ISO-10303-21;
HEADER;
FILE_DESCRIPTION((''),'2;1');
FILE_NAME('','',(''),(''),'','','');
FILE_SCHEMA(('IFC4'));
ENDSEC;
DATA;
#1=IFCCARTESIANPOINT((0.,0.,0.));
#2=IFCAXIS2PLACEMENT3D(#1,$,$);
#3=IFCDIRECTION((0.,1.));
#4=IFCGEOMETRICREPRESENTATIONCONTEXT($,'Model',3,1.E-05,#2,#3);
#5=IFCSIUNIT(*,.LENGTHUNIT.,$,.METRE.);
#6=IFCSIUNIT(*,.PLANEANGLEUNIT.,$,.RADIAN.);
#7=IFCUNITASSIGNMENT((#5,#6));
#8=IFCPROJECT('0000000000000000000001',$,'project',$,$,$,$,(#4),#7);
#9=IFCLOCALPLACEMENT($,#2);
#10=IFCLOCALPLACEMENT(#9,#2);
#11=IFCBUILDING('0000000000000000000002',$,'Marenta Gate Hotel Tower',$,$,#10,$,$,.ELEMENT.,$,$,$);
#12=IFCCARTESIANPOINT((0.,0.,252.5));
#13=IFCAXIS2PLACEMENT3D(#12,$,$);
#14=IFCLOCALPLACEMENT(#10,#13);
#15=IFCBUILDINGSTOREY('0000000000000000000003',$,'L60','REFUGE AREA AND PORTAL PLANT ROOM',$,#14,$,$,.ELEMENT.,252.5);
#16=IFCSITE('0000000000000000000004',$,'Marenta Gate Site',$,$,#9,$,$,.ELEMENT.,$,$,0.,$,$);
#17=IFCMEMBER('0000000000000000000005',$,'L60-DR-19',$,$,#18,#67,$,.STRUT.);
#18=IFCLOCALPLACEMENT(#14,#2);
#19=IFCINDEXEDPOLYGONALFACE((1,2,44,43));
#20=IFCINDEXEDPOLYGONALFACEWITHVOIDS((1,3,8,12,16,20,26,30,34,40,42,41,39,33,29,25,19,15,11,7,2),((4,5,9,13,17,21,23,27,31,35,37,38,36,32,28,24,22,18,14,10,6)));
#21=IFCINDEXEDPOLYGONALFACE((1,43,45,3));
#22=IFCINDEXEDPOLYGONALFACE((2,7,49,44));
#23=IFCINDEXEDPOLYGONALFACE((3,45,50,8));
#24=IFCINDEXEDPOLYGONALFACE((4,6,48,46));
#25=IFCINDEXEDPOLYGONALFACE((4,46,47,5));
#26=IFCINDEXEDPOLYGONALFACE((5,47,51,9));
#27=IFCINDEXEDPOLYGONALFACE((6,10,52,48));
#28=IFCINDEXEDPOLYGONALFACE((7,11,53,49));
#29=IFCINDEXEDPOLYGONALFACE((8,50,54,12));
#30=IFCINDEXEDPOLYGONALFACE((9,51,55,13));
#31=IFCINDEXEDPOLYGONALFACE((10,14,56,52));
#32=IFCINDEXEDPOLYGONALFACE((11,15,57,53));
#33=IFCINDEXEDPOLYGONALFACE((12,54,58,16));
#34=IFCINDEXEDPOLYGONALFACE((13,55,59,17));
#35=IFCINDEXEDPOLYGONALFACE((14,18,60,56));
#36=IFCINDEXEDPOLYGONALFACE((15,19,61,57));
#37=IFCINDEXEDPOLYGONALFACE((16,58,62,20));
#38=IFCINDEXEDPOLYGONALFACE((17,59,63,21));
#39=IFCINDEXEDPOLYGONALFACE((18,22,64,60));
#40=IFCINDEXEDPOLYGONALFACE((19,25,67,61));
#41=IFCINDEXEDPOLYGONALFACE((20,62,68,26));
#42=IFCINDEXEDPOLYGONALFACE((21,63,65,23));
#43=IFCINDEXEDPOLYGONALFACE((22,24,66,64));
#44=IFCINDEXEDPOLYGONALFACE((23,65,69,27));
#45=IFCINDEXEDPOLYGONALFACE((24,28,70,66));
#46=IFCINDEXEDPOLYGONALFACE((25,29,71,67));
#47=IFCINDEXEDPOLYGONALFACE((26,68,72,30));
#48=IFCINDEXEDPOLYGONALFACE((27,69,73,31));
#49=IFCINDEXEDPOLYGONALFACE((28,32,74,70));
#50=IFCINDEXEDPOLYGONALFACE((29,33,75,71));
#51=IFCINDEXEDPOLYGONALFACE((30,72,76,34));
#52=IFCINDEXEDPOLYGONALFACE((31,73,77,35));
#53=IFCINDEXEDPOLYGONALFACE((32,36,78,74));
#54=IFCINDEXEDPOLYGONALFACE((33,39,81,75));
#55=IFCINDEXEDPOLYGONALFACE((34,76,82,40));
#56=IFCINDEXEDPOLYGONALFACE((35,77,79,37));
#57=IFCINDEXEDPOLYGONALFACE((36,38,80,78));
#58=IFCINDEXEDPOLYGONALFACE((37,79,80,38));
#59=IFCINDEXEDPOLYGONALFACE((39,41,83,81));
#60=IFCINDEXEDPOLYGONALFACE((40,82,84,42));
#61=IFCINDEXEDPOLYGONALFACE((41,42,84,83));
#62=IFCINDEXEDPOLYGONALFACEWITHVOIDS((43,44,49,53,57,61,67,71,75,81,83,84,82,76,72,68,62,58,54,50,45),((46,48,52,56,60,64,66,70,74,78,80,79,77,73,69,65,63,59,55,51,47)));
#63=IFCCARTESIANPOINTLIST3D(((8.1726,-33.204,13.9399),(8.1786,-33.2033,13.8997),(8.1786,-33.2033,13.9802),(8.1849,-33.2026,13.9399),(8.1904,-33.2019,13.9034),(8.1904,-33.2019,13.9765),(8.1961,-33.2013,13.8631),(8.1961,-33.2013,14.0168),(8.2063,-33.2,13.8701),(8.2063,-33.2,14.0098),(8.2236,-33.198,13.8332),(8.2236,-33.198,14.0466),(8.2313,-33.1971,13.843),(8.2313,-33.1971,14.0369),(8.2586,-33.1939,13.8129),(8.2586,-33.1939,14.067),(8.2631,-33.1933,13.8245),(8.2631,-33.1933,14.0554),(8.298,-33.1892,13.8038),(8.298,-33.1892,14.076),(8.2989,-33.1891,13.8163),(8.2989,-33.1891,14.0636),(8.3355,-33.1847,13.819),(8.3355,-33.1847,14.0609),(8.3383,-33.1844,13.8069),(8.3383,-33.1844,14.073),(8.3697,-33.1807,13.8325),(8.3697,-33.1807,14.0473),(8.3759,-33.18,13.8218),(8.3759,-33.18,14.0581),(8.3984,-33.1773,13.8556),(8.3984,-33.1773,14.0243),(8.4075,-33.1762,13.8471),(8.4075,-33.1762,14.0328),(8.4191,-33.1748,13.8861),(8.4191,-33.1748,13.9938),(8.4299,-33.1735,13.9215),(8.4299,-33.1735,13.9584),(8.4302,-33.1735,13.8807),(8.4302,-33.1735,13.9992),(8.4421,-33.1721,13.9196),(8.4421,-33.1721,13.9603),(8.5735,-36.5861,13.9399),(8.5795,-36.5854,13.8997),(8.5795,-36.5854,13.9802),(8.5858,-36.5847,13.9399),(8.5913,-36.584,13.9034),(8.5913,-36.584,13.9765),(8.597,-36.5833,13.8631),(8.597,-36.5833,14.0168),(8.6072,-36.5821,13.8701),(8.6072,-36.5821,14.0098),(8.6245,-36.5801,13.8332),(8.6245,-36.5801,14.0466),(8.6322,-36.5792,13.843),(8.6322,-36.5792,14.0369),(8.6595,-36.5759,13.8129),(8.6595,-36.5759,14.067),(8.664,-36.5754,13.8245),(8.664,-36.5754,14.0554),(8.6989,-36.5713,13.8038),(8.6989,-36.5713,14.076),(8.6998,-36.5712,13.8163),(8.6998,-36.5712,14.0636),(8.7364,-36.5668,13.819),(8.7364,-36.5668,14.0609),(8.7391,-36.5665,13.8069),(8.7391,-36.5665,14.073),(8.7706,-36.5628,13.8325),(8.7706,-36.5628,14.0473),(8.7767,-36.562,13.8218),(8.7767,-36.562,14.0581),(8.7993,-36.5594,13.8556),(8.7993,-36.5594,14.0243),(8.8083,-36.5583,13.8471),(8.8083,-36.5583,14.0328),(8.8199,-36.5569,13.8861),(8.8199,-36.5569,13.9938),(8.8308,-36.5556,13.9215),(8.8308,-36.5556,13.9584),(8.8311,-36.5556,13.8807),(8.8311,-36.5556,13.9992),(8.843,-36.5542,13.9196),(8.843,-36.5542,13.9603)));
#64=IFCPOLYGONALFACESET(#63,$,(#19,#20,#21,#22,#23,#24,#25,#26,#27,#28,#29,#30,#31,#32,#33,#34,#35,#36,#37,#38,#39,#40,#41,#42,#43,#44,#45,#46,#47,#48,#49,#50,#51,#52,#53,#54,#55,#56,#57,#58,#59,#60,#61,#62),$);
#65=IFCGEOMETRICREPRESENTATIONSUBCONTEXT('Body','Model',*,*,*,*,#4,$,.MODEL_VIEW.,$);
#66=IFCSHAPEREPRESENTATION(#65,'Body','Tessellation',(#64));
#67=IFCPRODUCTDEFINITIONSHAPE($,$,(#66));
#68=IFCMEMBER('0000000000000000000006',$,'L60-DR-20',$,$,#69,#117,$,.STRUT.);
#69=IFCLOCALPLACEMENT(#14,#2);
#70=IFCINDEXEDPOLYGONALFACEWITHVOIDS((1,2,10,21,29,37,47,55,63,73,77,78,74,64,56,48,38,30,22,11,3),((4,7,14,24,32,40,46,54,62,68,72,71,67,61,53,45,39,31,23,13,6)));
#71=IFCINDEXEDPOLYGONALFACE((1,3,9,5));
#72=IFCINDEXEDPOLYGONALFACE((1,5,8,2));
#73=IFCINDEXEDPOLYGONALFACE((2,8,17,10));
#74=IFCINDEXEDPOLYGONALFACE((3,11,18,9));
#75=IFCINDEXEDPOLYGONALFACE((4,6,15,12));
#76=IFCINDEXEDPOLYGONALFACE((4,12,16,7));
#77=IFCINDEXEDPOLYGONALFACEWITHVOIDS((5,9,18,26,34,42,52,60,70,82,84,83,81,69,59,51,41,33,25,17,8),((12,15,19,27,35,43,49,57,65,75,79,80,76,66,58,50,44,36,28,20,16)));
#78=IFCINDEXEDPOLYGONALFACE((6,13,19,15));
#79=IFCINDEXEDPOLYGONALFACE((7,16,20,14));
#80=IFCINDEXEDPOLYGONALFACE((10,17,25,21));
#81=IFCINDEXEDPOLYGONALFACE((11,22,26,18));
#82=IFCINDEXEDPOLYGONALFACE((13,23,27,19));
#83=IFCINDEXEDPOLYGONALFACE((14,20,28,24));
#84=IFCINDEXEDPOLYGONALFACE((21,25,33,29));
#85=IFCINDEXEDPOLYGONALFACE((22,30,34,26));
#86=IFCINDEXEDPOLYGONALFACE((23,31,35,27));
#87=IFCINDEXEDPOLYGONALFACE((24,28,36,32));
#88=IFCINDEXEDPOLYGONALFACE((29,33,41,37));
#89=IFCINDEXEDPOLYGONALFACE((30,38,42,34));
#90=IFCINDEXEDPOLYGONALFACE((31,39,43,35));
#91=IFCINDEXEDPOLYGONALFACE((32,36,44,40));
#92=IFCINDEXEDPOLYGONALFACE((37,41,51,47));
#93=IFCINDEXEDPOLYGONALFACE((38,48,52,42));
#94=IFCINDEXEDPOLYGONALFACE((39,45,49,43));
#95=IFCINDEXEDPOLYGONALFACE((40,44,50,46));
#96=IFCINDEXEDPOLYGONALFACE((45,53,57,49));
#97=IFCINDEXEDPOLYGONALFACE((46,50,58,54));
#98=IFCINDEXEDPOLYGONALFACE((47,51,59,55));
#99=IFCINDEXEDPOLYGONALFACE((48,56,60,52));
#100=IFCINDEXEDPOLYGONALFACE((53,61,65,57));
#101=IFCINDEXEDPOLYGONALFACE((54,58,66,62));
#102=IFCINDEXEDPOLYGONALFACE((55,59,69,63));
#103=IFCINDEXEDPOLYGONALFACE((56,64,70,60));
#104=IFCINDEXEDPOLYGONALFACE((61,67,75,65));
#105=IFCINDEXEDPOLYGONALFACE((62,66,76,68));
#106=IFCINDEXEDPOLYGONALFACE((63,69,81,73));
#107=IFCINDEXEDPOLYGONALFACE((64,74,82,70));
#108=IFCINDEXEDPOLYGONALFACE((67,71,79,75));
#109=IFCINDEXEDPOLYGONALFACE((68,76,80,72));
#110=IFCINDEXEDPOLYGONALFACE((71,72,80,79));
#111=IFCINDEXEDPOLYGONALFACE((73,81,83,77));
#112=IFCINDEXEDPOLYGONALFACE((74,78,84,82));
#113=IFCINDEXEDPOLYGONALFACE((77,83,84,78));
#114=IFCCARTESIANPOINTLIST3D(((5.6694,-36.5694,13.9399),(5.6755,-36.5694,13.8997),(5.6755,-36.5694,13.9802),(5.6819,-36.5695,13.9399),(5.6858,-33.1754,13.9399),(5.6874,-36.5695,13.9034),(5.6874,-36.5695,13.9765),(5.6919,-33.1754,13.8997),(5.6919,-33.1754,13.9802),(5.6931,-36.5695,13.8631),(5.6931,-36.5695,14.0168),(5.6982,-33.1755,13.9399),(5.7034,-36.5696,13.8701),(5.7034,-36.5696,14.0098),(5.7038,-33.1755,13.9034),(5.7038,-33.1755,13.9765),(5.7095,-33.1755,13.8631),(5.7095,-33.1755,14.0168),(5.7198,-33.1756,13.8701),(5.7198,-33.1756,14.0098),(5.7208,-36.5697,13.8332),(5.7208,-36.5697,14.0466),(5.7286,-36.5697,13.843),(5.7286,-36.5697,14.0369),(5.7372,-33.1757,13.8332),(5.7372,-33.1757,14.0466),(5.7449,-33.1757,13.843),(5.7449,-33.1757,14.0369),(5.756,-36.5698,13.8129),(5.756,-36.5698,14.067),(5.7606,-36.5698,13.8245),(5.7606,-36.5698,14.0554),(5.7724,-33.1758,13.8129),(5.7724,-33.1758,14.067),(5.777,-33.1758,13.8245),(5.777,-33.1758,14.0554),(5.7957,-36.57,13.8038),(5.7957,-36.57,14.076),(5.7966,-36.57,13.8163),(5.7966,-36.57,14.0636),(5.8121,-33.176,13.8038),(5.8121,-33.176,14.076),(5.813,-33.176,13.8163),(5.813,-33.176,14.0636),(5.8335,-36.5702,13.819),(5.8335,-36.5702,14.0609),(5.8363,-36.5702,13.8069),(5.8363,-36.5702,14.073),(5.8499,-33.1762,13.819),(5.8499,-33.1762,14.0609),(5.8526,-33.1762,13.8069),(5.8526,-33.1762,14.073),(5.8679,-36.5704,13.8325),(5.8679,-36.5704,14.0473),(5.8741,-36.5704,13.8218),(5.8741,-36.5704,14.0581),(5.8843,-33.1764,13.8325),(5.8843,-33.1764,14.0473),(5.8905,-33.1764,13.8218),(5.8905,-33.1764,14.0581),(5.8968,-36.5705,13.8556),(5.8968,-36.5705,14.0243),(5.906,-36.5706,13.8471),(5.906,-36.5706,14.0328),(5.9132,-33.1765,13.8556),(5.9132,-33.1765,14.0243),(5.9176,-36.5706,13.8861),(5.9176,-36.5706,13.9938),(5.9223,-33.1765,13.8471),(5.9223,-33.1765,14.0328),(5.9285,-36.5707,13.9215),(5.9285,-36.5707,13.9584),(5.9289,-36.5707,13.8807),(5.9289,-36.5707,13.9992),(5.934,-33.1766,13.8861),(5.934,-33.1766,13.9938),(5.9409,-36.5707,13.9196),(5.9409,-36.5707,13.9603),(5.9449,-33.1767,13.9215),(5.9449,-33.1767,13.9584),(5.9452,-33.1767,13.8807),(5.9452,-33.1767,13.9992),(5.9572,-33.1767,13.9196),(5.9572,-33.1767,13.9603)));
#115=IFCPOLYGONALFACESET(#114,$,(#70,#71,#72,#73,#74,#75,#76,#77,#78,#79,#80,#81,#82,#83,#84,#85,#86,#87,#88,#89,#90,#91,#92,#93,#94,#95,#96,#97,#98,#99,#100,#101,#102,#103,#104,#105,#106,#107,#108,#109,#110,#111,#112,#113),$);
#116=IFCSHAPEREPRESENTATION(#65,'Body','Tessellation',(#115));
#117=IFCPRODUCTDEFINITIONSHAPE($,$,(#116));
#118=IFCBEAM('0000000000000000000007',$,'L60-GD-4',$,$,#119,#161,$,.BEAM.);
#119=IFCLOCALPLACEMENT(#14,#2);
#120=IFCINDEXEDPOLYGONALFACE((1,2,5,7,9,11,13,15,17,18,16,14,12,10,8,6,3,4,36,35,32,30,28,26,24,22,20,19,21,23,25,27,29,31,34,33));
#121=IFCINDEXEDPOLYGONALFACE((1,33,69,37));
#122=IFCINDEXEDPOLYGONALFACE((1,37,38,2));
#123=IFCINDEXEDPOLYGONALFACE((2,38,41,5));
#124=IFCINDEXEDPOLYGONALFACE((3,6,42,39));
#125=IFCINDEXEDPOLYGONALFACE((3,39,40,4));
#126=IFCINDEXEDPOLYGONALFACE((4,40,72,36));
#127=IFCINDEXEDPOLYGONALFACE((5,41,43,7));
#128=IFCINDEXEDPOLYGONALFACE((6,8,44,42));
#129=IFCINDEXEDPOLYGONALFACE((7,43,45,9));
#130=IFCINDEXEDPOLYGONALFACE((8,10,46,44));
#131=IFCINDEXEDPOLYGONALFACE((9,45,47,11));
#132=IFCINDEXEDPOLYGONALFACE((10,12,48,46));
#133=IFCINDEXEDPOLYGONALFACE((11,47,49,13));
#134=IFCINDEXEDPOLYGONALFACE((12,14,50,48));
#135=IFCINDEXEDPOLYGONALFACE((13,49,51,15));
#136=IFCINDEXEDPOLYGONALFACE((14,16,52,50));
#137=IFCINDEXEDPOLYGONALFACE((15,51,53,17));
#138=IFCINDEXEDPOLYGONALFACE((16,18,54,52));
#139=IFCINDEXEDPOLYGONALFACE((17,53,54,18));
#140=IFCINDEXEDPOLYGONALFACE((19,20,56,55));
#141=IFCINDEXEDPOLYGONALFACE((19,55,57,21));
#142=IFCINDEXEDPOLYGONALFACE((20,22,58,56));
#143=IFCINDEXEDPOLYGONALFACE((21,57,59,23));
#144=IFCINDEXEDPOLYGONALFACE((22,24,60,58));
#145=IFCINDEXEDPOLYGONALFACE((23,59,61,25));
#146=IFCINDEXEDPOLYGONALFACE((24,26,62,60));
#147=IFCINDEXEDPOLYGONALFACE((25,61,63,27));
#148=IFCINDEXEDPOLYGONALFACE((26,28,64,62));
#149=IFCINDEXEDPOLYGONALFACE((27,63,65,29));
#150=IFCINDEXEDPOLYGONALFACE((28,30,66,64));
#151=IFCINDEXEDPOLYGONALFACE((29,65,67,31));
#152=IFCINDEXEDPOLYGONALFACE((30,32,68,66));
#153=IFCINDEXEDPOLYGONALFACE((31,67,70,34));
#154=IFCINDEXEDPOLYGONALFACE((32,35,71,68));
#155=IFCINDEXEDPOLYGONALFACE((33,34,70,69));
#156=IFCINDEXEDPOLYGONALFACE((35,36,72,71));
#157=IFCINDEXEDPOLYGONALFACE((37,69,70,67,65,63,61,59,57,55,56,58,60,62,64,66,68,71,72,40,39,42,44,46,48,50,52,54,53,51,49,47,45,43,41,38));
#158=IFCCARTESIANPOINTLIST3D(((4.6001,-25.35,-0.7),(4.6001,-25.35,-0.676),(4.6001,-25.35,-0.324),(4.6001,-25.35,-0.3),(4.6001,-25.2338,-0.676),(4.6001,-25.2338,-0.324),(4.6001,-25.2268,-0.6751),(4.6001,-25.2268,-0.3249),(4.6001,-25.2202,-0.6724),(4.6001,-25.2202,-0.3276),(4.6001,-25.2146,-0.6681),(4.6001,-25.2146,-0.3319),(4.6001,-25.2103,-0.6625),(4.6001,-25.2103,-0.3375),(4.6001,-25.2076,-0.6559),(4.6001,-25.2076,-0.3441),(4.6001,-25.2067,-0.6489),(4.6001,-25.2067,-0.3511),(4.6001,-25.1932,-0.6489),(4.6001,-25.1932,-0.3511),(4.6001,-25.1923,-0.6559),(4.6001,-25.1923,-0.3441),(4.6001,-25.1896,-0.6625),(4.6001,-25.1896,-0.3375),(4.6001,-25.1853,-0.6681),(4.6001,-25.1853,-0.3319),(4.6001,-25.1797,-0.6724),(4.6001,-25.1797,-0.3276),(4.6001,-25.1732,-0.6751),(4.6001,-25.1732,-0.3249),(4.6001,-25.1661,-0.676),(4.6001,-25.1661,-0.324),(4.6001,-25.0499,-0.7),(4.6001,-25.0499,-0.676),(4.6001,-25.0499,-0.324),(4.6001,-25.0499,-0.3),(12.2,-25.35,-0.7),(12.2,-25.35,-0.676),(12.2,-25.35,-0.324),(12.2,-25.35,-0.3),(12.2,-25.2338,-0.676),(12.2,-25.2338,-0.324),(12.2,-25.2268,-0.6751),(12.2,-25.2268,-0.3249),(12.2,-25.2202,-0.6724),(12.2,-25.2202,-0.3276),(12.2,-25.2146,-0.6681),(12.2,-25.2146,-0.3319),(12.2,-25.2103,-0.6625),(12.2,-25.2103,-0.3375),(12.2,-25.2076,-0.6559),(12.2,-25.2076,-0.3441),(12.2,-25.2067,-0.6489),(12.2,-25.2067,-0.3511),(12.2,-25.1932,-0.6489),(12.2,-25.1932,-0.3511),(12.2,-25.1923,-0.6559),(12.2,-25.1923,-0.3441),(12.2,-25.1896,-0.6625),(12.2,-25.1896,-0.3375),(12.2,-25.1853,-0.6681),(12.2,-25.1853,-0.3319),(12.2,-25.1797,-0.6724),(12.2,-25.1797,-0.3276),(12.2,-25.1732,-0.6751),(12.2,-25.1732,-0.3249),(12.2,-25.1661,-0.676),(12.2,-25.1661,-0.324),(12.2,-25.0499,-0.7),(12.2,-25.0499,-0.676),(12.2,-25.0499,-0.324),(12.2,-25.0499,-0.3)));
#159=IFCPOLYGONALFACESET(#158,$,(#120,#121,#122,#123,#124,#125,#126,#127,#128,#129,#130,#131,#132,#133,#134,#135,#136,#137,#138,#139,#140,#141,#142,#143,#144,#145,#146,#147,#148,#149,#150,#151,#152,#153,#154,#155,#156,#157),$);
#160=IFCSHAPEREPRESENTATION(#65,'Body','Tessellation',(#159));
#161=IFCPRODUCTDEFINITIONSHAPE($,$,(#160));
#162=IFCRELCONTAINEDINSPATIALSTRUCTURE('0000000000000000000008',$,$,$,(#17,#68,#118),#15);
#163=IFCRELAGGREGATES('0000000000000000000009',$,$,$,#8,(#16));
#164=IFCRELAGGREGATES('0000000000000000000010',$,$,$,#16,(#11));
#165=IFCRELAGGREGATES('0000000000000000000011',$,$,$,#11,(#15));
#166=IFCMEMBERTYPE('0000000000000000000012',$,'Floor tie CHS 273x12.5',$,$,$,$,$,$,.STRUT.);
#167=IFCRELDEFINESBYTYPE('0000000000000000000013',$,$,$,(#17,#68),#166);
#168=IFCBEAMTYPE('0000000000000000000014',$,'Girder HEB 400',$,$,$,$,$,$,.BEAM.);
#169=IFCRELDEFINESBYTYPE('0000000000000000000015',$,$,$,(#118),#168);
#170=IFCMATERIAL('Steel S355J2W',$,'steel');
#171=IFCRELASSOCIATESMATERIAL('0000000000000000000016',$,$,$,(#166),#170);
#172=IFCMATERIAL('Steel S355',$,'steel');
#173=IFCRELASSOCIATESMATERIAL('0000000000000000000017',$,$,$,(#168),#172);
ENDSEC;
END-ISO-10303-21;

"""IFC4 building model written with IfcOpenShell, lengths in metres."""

from ifc_helpers import new_model, si_unit, direction, frame, origin, origin_2d, place, context, subcontext, project, spatial, hollow_circle, i_section, extrude, material, material_profile, profile_set, type_object, element, save


model = new_model("IFC4")

# Units and contexts
model_context = context("Model", 3, precision=1e-05, world=origin(), true_north=direction((0.0, 1.0)))
body_context = subcontext(model_context, "Body", "Model", "MODEL_VIEW")
ifc_project = project(units=[si_unit("LENGTHUNIT", "METRE"), si_unit("PLANEANGLEUNIT", "RADIAN")], contexts=[model_context])

# Site, building, storey
site_placement = place(None, origin())
site = spatial("IfcSite", under=ifc_project, at=site_placement, Name="Marenta Gate Site", CompositionType="ELEMENT", RefElevation=0.0)
building_placement = place(site_placement, origin())
building = spatial("IfcBuilding", under=site, at=building_placement, Name="Marenta Gate Hotel Tower", CompositionType="ELEMENT")
storey_placement = place(building_placement, frame((0.0, 0.0, 252.5)))
storey = spatial("IfcBuildingStorey", under=building, at=storey_placement, Name="L60", Description="REFUGE AREA AND PORTAL PLANT ROOM", CompositionType="ELEMENT", Elevation=252.5)

# Members
ifc_material_1 = material(Name="Steel S355J2W", Category="steel")
ifc_material_profile_1 = material_profile(ifc_material_1, hollow_circle(Radius=0.1365, WallThickness=0.0125, at=origin_2d()), Name="CHS 273x12.5")
ifc_profile_set_1 = profile_set([ifc_material_profile_1], Name="Steel S355J2W")
member_type_1 = type_object("IfcMemberType", Name="Floor tie CHS 273x12.5", PredefinedType="STRUT", material=ifc_profile_set_1)
member_1_placement = place(storey_placement, frame((8.709, -36.5701, 13.9399), z_axis=(-0.117706, 0.993048, 0.0), x_axis=(-0.993048, -0.117706, 0.0)))
element("IfcMember", 1, at=member_1_placement, inside=storey, type_object=member_type_1, Name="L60-DR-19", PredefinedType="STRUT", context=body_context, shape_type="SweptSolid", body=[
    extrude(hollow_circle(Radius=0.1365, WallThickness=0.0125, at=origin_2d()), origin(), (0.0, 0.0, 1.0), 3.4058),
])
member_2_placement = place(storey_placement, frame((5.8059, -36.5701, 13.9399), z_axis=(0.004819, 0.999988, 0.0), x_axis=(-0.999988, 0.004819, 0.0)))
element("IfcMember", 2, at=member_2_placement, inside=storey, type_object=member_type_1, Name="L60-DR-20", PredefinedType="STRUT", context=body_context, shape_type="SweptSolid", body=[
    extrude(hollow_circle(Radius=0.1365, WallThickness=0.0125, at=origin_2d()), origin(), (0.0, 0.0, 1.0), 3.394),
])

# Beam
ifc_material_2 = material(Name="Steel S355", Category="steel")
ifc_material_profile_2 = material_profile(ifc_material_2, i_section(OverallWidth=0.3, OverallDepth=0.3999, WebThickness=0.0134, FlangeThickness=0.0239, FilletRadius=0.0271, at=origin_2d()), Name="HEB 400")
ifc_profile_set_2 = profile_set([ifc_material_profile_2], Name="Steel S355")
beam_type_1 = type_object("IfcBeamType", Name="Girder HEB 400", PredefinedType="BEAM", material=ifc_profile_set_2)
for number, where, z_axis, x_axis, name in (
    (3, (4.6001, -25.2, -0.5), (1.0, 0.0, 0.0), (0.0, 1.0, 0.0), "L60-GD-4"),
):
    element("IfcBeam", number, at=place(storey_placement, frame(where, z_axis=z_axis, x_axis=x_axis)), inside=storey, type_object=beam_type_1, Name=name, PredefinedType="BEAM", context=body_context, shape_type="SweptSolid", body=[
        extrude(i_section(OverallWidth=0.3, OverallDepth=0.3999, WebThickness=0.0134, FlangeThickness=0.0239, FilletRadius=0.0271, at=origin_2d()), origin(), (0.0, 0.0, 1.0), 7.5999),
    ])

save(model, "model.ifc")
